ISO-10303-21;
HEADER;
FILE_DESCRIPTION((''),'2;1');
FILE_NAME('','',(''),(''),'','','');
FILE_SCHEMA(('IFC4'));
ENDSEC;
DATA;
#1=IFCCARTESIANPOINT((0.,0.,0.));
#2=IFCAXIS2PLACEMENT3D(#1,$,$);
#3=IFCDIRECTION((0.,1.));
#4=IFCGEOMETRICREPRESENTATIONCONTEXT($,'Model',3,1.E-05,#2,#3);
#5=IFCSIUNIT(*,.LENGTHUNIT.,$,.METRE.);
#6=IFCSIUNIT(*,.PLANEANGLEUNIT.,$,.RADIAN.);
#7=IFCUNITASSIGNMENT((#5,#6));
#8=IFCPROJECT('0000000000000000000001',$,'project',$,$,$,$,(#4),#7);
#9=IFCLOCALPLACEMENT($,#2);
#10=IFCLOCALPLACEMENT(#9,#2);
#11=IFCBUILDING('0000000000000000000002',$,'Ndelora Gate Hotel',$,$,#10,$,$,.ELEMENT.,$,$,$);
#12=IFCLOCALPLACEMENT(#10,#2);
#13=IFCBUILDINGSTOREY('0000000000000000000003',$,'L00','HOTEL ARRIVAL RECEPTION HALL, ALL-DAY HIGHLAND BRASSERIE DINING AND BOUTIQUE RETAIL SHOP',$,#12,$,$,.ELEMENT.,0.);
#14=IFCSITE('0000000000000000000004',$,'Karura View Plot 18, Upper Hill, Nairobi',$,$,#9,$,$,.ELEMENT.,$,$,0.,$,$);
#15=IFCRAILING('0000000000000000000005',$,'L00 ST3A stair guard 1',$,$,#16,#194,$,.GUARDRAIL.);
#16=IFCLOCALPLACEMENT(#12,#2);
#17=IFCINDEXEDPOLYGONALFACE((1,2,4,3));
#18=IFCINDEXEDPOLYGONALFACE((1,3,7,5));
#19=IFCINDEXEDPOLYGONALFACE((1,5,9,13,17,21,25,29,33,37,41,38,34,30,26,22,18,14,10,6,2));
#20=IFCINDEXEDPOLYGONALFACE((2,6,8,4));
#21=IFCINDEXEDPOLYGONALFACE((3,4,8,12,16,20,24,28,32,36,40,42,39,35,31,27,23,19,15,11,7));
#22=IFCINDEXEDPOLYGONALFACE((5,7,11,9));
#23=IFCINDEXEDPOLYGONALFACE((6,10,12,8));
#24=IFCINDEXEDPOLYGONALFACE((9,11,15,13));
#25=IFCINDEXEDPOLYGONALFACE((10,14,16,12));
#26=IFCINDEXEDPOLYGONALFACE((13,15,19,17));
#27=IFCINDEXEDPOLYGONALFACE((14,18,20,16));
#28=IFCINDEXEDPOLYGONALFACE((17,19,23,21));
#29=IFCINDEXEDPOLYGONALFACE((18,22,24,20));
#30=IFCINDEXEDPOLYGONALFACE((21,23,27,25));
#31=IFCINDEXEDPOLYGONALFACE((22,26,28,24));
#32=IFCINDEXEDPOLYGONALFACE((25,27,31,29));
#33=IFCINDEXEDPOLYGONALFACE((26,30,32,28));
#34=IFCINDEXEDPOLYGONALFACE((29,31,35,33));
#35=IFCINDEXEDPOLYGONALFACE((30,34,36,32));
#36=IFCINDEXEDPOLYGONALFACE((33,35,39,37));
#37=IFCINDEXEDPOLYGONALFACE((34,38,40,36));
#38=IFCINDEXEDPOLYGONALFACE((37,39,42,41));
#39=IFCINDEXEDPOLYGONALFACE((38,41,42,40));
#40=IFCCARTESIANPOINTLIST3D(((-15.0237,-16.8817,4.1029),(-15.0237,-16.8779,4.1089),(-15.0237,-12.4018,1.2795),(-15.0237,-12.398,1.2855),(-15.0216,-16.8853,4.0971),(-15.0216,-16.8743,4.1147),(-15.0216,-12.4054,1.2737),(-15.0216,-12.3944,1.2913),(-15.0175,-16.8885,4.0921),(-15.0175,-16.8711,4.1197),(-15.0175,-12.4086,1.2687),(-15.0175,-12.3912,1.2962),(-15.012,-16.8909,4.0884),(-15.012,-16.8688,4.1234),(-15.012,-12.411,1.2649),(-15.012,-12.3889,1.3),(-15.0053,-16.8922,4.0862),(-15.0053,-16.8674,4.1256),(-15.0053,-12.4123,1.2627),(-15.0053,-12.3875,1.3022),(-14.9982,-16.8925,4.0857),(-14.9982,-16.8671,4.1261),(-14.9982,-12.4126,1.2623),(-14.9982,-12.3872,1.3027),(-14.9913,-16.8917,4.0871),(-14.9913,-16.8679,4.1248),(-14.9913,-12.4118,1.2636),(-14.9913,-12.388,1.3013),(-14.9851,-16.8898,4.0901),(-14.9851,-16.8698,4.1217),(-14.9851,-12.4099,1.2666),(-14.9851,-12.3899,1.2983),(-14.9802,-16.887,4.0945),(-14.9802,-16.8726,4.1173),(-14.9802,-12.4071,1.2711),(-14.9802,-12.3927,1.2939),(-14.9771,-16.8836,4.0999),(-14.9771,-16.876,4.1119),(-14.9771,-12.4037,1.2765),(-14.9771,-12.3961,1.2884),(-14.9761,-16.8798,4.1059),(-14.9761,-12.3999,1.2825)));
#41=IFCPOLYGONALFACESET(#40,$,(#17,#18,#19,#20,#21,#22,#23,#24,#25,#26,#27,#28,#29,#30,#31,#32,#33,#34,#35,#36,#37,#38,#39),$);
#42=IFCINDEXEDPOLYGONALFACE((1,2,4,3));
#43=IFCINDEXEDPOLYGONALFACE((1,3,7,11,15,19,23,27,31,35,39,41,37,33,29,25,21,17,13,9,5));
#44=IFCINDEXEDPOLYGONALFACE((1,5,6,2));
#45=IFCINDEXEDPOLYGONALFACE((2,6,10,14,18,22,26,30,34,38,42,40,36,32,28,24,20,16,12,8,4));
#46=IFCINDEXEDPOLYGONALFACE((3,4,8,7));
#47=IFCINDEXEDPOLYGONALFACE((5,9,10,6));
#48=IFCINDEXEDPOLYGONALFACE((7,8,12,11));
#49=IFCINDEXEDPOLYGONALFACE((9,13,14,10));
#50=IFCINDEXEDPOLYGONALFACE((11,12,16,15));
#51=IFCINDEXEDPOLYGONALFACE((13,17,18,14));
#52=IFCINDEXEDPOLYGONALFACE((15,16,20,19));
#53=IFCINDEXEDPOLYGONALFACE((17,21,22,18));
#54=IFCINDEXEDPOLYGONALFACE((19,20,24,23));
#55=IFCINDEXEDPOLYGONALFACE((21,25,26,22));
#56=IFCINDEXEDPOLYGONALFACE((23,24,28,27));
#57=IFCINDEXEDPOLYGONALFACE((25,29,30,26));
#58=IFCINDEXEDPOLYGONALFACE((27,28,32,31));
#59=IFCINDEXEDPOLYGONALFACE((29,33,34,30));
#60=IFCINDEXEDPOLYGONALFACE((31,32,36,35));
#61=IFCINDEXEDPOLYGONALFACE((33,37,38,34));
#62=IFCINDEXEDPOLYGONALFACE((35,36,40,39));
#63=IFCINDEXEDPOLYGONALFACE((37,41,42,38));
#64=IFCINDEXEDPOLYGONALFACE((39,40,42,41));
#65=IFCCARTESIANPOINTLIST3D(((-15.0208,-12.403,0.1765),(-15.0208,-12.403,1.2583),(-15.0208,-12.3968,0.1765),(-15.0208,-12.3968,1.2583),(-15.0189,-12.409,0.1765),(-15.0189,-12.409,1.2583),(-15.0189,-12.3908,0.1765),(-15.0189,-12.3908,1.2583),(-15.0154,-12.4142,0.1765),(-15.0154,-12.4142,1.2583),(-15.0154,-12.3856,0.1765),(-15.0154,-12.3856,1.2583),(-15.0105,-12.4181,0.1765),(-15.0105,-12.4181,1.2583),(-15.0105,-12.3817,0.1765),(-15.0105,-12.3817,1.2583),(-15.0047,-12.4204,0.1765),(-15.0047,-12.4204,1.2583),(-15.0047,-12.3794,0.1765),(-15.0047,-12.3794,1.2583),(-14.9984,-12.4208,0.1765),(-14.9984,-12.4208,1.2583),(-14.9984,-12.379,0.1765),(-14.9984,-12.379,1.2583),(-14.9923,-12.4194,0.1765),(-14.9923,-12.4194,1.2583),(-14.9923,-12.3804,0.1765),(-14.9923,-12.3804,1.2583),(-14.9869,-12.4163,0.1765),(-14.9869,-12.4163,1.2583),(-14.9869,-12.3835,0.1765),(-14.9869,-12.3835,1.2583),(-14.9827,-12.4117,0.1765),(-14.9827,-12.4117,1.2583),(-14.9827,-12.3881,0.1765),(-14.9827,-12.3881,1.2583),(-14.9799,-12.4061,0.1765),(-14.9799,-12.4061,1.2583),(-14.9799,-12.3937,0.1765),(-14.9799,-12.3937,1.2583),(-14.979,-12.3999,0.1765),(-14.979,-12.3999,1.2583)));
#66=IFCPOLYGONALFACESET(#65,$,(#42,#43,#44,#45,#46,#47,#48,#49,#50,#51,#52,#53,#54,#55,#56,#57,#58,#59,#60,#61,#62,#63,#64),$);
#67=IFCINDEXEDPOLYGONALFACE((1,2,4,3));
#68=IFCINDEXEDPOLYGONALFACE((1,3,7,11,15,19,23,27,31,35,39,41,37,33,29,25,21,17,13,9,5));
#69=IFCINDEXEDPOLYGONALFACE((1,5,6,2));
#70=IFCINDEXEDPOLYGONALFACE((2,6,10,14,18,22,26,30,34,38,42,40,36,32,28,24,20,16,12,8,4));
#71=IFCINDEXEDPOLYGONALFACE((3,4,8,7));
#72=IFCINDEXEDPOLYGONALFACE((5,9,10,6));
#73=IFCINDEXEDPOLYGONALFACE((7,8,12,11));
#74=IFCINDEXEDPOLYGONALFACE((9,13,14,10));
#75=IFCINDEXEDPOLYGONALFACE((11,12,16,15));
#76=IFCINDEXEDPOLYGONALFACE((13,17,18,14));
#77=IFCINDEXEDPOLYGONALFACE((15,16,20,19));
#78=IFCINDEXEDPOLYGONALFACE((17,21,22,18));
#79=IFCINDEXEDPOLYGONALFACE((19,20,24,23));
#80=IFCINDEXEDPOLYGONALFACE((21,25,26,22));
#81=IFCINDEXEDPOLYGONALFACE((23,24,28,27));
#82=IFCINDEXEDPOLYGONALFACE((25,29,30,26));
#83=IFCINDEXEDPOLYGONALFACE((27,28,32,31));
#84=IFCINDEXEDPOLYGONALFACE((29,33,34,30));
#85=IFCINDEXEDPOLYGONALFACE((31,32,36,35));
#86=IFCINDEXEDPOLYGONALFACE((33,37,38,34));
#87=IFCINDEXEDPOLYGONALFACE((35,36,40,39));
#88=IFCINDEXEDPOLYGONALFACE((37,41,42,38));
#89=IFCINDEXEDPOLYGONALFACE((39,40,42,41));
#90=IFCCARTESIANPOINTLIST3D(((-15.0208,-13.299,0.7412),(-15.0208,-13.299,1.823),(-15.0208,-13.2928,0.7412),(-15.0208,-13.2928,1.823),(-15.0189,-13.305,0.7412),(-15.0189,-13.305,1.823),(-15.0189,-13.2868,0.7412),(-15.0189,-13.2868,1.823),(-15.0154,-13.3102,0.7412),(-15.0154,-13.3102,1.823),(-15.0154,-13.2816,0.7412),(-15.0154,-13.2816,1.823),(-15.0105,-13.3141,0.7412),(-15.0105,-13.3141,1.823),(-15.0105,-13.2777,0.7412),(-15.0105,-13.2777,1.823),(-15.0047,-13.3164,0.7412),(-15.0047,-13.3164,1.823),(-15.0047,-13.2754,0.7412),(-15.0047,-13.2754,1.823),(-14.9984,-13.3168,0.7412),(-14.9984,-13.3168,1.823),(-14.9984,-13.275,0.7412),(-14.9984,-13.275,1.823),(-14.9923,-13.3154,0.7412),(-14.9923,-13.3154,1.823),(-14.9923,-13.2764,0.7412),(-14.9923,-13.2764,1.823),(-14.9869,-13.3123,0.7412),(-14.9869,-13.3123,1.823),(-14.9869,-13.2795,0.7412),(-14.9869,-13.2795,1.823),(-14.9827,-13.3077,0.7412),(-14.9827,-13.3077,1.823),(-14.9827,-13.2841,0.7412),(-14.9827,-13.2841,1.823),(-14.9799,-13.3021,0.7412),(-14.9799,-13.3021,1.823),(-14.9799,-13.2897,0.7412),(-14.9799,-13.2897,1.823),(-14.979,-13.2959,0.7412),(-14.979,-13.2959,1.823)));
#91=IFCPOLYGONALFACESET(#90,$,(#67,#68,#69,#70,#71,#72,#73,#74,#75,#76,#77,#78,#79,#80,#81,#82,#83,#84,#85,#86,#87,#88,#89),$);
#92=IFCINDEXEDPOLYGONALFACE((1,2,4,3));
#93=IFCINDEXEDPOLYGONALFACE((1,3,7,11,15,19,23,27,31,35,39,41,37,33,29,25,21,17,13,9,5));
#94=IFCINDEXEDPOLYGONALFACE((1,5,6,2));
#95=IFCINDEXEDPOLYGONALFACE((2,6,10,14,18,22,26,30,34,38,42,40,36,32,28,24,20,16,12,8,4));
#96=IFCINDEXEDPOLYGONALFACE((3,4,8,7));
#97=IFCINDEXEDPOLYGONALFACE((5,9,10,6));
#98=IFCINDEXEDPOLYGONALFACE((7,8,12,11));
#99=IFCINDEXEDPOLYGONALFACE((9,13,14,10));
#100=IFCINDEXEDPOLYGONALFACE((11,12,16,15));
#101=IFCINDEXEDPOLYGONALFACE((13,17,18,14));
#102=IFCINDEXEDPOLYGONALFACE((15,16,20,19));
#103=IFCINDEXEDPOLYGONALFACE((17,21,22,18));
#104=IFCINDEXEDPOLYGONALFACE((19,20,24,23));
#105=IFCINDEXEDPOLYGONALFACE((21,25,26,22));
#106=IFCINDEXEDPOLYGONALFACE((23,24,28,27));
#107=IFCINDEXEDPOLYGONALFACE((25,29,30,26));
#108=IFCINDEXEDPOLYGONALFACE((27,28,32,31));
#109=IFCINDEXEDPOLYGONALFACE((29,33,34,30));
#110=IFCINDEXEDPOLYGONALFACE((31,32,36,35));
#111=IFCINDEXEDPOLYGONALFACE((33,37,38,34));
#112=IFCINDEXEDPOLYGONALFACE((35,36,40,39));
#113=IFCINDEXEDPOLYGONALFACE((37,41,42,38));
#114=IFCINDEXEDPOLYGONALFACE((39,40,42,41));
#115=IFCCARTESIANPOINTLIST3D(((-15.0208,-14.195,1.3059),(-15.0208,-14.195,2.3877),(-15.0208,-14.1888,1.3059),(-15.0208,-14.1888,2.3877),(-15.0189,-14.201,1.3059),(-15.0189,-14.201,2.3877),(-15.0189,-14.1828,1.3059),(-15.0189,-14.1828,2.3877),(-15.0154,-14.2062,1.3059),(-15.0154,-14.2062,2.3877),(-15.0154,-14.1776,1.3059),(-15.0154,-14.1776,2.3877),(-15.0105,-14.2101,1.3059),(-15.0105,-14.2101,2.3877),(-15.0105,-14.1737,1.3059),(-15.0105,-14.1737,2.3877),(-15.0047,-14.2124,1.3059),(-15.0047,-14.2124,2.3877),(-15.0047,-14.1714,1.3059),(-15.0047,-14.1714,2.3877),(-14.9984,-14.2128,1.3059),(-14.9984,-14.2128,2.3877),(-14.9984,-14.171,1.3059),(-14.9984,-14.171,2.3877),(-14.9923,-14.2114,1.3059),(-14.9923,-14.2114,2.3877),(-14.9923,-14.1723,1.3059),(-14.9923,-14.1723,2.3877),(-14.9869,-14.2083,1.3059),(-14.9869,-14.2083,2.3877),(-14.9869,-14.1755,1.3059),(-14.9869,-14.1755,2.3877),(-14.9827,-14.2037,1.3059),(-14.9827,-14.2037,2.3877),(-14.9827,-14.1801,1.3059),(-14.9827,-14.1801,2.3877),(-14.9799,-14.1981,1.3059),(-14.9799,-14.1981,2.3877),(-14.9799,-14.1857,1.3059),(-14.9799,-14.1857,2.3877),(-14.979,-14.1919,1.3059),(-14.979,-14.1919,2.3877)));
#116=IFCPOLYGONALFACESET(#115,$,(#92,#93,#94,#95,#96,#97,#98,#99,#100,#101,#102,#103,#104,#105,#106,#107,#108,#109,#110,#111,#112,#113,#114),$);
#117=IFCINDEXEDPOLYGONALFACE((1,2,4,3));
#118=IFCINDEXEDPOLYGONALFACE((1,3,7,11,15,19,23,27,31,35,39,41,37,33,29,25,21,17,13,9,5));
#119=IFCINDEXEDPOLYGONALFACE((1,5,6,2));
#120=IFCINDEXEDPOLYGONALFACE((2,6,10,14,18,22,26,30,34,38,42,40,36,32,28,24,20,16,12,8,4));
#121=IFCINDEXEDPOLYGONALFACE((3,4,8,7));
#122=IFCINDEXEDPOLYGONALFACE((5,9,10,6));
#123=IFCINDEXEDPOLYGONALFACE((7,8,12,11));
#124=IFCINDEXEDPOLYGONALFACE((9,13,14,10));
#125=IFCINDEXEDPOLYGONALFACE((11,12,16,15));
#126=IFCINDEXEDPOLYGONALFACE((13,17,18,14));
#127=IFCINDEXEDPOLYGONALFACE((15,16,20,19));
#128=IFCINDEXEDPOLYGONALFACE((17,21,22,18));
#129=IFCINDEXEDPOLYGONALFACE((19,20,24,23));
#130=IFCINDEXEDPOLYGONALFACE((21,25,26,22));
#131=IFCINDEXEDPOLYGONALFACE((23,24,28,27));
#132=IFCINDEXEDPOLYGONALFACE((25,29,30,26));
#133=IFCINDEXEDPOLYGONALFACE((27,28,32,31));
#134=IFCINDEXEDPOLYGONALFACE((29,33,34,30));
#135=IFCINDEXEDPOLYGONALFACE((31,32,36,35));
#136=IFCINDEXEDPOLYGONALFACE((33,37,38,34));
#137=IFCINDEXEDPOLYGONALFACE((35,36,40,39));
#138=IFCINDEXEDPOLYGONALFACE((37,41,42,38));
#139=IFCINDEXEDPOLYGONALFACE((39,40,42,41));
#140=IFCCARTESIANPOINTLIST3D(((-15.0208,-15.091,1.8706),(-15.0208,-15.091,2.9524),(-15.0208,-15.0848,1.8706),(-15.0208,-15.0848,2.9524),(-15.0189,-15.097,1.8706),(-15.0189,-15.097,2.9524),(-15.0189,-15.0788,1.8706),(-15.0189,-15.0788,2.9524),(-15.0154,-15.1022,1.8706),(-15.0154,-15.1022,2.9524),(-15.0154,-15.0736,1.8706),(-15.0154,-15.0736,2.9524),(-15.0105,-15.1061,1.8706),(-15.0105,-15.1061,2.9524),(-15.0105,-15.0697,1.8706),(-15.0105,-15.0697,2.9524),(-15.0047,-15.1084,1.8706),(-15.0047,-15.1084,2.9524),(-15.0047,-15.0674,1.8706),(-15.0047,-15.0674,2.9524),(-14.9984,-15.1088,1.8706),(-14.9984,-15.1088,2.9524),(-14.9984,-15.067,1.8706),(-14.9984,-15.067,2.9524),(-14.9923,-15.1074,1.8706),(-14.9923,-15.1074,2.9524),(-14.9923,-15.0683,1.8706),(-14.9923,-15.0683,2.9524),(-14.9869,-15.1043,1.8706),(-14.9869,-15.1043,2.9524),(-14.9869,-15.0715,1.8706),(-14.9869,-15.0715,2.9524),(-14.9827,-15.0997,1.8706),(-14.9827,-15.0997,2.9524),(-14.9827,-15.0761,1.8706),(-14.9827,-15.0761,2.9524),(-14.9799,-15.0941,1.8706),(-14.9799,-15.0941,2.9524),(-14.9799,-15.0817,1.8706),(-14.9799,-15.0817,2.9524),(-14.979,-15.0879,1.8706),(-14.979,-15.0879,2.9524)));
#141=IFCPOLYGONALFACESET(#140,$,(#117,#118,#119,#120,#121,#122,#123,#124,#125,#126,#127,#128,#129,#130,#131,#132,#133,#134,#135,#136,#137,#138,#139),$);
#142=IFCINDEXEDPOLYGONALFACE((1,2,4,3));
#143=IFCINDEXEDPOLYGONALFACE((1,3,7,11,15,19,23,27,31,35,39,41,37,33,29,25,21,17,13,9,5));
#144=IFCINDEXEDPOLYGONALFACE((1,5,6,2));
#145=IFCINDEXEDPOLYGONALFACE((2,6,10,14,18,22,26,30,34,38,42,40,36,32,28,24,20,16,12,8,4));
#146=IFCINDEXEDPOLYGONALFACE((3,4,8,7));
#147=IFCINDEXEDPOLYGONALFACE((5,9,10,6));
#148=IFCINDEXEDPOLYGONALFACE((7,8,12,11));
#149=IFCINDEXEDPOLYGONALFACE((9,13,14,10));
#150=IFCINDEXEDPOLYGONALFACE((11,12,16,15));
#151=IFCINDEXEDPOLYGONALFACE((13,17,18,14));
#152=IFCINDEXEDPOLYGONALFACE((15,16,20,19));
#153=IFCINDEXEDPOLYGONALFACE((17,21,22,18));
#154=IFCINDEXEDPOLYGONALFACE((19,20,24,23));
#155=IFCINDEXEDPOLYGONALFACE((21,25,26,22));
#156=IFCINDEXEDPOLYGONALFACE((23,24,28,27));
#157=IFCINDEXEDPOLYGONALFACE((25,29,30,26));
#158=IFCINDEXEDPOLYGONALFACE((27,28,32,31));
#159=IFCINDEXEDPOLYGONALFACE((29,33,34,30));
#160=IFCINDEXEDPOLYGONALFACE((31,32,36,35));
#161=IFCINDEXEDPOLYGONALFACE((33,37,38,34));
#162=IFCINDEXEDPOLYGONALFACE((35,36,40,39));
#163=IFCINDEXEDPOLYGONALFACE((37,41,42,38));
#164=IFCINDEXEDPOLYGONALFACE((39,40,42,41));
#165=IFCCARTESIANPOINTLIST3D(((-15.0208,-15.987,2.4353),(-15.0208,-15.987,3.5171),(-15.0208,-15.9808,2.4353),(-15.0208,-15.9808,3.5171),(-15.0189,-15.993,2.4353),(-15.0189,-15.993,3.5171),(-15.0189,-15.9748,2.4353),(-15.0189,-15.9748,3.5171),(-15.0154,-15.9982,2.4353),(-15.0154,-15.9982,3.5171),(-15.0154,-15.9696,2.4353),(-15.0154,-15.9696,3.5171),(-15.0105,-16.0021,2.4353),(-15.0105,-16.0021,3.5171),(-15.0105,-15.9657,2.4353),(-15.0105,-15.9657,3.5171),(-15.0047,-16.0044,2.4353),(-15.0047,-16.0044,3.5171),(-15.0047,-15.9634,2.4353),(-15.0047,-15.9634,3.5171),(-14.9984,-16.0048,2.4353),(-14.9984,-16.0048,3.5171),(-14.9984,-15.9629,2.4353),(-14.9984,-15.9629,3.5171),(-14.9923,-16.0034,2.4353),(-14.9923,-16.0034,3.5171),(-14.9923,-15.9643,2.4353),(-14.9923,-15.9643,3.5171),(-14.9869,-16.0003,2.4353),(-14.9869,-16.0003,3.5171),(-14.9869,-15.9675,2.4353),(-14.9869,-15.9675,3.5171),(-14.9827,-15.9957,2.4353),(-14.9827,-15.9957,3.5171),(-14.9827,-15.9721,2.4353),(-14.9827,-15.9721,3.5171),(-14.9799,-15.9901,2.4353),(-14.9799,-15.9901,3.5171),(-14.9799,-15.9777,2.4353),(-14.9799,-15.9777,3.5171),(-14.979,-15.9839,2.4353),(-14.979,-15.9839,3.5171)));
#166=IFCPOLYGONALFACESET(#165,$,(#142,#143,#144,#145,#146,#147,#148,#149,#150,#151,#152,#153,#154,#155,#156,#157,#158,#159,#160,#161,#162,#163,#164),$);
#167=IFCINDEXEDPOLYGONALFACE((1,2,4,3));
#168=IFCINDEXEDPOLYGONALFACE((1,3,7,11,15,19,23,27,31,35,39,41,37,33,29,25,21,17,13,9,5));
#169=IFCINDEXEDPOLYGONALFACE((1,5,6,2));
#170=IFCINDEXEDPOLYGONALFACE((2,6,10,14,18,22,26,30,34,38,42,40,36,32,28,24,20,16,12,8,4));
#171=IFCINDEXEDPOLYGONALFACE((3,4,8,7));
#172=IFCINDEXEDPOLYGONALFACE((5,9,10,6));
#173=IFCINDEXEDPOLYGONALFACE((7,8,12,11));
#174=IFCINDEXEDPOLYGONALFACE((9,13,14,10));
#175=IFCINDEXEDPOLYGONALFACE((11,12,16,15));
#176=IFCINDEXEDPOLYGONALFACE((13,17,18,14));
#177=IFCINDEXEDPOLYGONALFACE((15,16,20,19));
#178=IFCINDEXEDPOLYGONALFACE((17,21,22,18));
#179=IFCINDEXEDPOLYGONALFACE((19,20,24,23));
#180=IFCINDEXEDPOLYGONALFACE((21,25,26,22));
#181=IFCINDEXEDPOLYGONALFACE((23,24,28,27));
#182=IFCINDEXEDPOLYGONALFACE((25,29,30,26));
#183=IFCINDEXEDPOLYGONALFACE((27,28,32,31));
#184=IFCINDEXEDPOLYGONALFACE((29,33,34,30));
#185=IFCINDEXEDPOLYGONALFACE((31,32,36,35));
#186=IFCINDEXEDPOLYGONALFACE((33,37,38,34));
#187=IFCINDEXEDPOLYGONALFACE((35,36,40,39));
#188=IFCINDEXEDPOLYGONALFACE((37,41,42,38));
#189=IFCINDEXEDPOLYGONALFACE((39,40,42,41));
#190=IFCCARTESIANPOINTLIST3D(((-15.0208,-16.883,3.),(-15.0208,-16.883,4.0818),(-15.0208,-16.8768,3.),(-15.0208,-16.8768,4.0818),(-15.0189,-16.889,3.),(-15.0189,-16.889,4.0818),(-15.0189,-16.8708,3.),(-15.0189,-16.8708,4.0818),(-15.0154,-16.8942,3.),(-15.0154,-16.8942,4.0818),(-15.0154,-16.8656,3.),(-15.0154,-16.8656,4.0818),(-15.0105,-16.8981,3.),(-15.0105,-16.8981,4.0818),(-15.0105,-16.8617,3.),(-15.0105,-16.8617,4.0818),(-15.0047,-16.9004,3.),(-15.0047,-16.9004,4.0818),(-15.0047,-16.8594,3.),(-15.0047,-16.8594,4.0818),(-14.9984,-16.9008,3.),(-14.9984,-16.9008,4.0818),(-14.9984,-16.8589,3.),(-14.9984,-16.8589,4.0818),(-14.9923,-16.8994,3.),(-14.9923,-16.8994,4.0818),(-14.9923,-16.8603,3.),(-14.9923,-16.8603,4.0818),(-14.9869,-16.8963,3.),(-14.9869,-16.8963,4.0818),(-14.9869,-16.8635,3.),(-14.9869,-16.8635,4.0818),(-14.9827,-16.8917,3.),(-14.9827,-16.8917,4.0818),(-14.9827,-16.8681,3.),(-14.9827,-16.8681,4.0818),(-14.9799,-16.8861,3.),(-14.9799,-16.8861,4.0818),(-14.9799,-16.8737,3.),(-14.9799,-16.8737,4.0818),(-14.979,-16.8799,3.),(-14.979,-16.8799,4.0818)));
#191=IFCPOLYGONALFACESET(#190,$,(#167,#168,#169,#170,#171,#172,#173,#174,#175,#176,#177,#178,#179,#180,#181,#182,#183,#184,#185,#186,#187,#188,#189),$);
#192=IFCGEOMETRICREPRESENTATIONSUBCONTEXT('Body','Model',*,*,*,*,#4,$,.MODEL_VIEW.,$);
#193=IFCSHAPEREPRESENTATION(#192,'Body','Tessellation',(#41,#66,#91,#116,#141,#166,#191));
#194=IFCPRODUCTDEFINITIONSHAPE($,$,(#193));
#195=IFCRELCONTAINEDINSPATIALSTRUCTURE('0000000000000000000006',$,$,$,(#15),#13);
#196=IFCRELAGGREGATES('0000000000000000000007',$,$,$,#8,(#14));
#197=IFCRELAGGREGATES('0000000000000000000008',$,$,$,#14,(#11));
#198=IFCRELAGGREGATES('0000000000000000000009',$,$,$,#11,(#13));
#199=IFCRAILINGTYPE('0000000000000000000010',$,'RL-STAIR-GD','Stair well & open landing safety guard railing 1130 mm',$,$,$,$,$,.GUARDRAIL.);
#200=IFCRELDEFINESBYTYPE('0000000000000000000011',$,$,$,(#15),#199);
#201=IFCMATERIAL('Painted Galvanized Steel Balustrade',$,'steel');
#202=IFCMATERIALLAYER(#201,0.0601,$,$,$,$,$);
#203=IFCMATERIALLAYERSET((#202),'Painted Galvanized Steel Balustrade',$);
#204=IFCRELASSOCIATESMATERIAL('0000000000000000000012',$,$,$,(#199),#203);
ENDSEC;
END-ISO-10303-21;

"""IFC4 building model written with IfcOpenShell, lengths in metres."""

from ifc_helpers import new_model, si_unit, direction, frame, origin, origin_2d, place, context, subcontext, project, spatial, circle, extrude, material, layer, layer_set, type_object, element, save


model = new_model("IFC4")

# Units and contexts
model_context = context("Model", 3, precision=1e-05, world=origin(), true_north=direction((0.0, 1.0)))
body_context = subcontext(model_context, "Body", "Model", "MODEL_VIEW")
ifc_project = project(units=[si_unit("LENGTHUNIT", "METRE"), si_unit("PLANEANGLEUNIT", "RADIAN")], contexts=[model_context])

# Site, building, storey
site_placement = place(None, origin())
site = spatial("IfcSite", under=ifc_project, at=site_placement, Name="Karura View Plot 18, Upper Hill, Nairobi", CompositionType="ELEMENT", RefElevation=0.0)
building_placement = place(site_placement, origin())
building = spatial("IfcBuilding", under=site, at=building_placement, Name="Ndelora Gate Hotel", CompositionType="ELEMENT")
storey_placement = place(building_placement, origin())
storey = spatial("IfcBuildingStorey", under=building, at=storey_placement, Name="L00", Description="HOTEL ARRIVAL RECEPTION HALL, ALL-DAY HIGHLAND BRASSERIE DINING AND BOUTIQUE RETAIL SHOP", CompositionType="ELEMENT", Elevation=0.0)

# Railing
ifc_material_1 = material(Name="Painted Galvanized Steel Balustrade", Category="steel")
ifc_layer_1 = layer(ifc_material_1, 0.0601)
ifc_layer_set_1 = layer_set([ifc_layer_1], Name="Painted Galvanized Steel Balustrade")
railing_type_1 = type_object("IfcRailingType", Name="RL-STAIR-GD", Description="Stair well & open landing safety guard railing 1130 mm", PredefinedType="GUARDRAIL", material=ifc_layer_set_1)
railing_1_placement = place(storey_placement, frame((-15.0, -12.3999, 0.1765)))
element("IfcRailing", 1, at=railing_1_placement, inside=storey, type_object=railing_type_1, Name="L00 ST3A stair guard 1", PredefinedType="GUARDRAIL", context=body_context, shape_type="SweptSolid", body=[
    extrude(circle(Radius=0.0239, at=origin_2d()), frame((0.0, 0.0, 1.106), z_axis=(0.0, -0.845998, 0.533186), x_axis=(1.0, 0.0, 0.0)), (0.0, 0.0, 1.0), 5.2954),
    extrude(circle(Radius=0.021, at=origin_2d()), origin(), (0.0, 0.0, 1.0), 1.0818),
    extrude(circle(Radius=0.021, at=origin_2d()), frame((0.0, -0.896, 0.5647)), (0.0, 0.0, 1.0), 1.0818),
    extrude(circle(Radius=0.021, at=origin_2d()), frame((0.0, -1.792, 1.1294)), (0.0, 0.0, 1.0), 1.0818),
    extrude(circle(Radius=0.021, at=origin_2d()), frame((0.0, -2.688, 1.6941)), (0.0, 0.0, 1.0), 1.0818),
    extrude(circle(Radius=0.021, at=origin_2d()), frame((0.0, -3.584, 2.2588)), (0.0, 0.0, 1.0), 1.0818),
    extrude(circle(Radius=0.021, at=origin_2d()), frame((0.0, -4.48, 2.8235)), (0.0, 0.0, 1.0), 1.0818),
])

save(model, "model.ifc")
